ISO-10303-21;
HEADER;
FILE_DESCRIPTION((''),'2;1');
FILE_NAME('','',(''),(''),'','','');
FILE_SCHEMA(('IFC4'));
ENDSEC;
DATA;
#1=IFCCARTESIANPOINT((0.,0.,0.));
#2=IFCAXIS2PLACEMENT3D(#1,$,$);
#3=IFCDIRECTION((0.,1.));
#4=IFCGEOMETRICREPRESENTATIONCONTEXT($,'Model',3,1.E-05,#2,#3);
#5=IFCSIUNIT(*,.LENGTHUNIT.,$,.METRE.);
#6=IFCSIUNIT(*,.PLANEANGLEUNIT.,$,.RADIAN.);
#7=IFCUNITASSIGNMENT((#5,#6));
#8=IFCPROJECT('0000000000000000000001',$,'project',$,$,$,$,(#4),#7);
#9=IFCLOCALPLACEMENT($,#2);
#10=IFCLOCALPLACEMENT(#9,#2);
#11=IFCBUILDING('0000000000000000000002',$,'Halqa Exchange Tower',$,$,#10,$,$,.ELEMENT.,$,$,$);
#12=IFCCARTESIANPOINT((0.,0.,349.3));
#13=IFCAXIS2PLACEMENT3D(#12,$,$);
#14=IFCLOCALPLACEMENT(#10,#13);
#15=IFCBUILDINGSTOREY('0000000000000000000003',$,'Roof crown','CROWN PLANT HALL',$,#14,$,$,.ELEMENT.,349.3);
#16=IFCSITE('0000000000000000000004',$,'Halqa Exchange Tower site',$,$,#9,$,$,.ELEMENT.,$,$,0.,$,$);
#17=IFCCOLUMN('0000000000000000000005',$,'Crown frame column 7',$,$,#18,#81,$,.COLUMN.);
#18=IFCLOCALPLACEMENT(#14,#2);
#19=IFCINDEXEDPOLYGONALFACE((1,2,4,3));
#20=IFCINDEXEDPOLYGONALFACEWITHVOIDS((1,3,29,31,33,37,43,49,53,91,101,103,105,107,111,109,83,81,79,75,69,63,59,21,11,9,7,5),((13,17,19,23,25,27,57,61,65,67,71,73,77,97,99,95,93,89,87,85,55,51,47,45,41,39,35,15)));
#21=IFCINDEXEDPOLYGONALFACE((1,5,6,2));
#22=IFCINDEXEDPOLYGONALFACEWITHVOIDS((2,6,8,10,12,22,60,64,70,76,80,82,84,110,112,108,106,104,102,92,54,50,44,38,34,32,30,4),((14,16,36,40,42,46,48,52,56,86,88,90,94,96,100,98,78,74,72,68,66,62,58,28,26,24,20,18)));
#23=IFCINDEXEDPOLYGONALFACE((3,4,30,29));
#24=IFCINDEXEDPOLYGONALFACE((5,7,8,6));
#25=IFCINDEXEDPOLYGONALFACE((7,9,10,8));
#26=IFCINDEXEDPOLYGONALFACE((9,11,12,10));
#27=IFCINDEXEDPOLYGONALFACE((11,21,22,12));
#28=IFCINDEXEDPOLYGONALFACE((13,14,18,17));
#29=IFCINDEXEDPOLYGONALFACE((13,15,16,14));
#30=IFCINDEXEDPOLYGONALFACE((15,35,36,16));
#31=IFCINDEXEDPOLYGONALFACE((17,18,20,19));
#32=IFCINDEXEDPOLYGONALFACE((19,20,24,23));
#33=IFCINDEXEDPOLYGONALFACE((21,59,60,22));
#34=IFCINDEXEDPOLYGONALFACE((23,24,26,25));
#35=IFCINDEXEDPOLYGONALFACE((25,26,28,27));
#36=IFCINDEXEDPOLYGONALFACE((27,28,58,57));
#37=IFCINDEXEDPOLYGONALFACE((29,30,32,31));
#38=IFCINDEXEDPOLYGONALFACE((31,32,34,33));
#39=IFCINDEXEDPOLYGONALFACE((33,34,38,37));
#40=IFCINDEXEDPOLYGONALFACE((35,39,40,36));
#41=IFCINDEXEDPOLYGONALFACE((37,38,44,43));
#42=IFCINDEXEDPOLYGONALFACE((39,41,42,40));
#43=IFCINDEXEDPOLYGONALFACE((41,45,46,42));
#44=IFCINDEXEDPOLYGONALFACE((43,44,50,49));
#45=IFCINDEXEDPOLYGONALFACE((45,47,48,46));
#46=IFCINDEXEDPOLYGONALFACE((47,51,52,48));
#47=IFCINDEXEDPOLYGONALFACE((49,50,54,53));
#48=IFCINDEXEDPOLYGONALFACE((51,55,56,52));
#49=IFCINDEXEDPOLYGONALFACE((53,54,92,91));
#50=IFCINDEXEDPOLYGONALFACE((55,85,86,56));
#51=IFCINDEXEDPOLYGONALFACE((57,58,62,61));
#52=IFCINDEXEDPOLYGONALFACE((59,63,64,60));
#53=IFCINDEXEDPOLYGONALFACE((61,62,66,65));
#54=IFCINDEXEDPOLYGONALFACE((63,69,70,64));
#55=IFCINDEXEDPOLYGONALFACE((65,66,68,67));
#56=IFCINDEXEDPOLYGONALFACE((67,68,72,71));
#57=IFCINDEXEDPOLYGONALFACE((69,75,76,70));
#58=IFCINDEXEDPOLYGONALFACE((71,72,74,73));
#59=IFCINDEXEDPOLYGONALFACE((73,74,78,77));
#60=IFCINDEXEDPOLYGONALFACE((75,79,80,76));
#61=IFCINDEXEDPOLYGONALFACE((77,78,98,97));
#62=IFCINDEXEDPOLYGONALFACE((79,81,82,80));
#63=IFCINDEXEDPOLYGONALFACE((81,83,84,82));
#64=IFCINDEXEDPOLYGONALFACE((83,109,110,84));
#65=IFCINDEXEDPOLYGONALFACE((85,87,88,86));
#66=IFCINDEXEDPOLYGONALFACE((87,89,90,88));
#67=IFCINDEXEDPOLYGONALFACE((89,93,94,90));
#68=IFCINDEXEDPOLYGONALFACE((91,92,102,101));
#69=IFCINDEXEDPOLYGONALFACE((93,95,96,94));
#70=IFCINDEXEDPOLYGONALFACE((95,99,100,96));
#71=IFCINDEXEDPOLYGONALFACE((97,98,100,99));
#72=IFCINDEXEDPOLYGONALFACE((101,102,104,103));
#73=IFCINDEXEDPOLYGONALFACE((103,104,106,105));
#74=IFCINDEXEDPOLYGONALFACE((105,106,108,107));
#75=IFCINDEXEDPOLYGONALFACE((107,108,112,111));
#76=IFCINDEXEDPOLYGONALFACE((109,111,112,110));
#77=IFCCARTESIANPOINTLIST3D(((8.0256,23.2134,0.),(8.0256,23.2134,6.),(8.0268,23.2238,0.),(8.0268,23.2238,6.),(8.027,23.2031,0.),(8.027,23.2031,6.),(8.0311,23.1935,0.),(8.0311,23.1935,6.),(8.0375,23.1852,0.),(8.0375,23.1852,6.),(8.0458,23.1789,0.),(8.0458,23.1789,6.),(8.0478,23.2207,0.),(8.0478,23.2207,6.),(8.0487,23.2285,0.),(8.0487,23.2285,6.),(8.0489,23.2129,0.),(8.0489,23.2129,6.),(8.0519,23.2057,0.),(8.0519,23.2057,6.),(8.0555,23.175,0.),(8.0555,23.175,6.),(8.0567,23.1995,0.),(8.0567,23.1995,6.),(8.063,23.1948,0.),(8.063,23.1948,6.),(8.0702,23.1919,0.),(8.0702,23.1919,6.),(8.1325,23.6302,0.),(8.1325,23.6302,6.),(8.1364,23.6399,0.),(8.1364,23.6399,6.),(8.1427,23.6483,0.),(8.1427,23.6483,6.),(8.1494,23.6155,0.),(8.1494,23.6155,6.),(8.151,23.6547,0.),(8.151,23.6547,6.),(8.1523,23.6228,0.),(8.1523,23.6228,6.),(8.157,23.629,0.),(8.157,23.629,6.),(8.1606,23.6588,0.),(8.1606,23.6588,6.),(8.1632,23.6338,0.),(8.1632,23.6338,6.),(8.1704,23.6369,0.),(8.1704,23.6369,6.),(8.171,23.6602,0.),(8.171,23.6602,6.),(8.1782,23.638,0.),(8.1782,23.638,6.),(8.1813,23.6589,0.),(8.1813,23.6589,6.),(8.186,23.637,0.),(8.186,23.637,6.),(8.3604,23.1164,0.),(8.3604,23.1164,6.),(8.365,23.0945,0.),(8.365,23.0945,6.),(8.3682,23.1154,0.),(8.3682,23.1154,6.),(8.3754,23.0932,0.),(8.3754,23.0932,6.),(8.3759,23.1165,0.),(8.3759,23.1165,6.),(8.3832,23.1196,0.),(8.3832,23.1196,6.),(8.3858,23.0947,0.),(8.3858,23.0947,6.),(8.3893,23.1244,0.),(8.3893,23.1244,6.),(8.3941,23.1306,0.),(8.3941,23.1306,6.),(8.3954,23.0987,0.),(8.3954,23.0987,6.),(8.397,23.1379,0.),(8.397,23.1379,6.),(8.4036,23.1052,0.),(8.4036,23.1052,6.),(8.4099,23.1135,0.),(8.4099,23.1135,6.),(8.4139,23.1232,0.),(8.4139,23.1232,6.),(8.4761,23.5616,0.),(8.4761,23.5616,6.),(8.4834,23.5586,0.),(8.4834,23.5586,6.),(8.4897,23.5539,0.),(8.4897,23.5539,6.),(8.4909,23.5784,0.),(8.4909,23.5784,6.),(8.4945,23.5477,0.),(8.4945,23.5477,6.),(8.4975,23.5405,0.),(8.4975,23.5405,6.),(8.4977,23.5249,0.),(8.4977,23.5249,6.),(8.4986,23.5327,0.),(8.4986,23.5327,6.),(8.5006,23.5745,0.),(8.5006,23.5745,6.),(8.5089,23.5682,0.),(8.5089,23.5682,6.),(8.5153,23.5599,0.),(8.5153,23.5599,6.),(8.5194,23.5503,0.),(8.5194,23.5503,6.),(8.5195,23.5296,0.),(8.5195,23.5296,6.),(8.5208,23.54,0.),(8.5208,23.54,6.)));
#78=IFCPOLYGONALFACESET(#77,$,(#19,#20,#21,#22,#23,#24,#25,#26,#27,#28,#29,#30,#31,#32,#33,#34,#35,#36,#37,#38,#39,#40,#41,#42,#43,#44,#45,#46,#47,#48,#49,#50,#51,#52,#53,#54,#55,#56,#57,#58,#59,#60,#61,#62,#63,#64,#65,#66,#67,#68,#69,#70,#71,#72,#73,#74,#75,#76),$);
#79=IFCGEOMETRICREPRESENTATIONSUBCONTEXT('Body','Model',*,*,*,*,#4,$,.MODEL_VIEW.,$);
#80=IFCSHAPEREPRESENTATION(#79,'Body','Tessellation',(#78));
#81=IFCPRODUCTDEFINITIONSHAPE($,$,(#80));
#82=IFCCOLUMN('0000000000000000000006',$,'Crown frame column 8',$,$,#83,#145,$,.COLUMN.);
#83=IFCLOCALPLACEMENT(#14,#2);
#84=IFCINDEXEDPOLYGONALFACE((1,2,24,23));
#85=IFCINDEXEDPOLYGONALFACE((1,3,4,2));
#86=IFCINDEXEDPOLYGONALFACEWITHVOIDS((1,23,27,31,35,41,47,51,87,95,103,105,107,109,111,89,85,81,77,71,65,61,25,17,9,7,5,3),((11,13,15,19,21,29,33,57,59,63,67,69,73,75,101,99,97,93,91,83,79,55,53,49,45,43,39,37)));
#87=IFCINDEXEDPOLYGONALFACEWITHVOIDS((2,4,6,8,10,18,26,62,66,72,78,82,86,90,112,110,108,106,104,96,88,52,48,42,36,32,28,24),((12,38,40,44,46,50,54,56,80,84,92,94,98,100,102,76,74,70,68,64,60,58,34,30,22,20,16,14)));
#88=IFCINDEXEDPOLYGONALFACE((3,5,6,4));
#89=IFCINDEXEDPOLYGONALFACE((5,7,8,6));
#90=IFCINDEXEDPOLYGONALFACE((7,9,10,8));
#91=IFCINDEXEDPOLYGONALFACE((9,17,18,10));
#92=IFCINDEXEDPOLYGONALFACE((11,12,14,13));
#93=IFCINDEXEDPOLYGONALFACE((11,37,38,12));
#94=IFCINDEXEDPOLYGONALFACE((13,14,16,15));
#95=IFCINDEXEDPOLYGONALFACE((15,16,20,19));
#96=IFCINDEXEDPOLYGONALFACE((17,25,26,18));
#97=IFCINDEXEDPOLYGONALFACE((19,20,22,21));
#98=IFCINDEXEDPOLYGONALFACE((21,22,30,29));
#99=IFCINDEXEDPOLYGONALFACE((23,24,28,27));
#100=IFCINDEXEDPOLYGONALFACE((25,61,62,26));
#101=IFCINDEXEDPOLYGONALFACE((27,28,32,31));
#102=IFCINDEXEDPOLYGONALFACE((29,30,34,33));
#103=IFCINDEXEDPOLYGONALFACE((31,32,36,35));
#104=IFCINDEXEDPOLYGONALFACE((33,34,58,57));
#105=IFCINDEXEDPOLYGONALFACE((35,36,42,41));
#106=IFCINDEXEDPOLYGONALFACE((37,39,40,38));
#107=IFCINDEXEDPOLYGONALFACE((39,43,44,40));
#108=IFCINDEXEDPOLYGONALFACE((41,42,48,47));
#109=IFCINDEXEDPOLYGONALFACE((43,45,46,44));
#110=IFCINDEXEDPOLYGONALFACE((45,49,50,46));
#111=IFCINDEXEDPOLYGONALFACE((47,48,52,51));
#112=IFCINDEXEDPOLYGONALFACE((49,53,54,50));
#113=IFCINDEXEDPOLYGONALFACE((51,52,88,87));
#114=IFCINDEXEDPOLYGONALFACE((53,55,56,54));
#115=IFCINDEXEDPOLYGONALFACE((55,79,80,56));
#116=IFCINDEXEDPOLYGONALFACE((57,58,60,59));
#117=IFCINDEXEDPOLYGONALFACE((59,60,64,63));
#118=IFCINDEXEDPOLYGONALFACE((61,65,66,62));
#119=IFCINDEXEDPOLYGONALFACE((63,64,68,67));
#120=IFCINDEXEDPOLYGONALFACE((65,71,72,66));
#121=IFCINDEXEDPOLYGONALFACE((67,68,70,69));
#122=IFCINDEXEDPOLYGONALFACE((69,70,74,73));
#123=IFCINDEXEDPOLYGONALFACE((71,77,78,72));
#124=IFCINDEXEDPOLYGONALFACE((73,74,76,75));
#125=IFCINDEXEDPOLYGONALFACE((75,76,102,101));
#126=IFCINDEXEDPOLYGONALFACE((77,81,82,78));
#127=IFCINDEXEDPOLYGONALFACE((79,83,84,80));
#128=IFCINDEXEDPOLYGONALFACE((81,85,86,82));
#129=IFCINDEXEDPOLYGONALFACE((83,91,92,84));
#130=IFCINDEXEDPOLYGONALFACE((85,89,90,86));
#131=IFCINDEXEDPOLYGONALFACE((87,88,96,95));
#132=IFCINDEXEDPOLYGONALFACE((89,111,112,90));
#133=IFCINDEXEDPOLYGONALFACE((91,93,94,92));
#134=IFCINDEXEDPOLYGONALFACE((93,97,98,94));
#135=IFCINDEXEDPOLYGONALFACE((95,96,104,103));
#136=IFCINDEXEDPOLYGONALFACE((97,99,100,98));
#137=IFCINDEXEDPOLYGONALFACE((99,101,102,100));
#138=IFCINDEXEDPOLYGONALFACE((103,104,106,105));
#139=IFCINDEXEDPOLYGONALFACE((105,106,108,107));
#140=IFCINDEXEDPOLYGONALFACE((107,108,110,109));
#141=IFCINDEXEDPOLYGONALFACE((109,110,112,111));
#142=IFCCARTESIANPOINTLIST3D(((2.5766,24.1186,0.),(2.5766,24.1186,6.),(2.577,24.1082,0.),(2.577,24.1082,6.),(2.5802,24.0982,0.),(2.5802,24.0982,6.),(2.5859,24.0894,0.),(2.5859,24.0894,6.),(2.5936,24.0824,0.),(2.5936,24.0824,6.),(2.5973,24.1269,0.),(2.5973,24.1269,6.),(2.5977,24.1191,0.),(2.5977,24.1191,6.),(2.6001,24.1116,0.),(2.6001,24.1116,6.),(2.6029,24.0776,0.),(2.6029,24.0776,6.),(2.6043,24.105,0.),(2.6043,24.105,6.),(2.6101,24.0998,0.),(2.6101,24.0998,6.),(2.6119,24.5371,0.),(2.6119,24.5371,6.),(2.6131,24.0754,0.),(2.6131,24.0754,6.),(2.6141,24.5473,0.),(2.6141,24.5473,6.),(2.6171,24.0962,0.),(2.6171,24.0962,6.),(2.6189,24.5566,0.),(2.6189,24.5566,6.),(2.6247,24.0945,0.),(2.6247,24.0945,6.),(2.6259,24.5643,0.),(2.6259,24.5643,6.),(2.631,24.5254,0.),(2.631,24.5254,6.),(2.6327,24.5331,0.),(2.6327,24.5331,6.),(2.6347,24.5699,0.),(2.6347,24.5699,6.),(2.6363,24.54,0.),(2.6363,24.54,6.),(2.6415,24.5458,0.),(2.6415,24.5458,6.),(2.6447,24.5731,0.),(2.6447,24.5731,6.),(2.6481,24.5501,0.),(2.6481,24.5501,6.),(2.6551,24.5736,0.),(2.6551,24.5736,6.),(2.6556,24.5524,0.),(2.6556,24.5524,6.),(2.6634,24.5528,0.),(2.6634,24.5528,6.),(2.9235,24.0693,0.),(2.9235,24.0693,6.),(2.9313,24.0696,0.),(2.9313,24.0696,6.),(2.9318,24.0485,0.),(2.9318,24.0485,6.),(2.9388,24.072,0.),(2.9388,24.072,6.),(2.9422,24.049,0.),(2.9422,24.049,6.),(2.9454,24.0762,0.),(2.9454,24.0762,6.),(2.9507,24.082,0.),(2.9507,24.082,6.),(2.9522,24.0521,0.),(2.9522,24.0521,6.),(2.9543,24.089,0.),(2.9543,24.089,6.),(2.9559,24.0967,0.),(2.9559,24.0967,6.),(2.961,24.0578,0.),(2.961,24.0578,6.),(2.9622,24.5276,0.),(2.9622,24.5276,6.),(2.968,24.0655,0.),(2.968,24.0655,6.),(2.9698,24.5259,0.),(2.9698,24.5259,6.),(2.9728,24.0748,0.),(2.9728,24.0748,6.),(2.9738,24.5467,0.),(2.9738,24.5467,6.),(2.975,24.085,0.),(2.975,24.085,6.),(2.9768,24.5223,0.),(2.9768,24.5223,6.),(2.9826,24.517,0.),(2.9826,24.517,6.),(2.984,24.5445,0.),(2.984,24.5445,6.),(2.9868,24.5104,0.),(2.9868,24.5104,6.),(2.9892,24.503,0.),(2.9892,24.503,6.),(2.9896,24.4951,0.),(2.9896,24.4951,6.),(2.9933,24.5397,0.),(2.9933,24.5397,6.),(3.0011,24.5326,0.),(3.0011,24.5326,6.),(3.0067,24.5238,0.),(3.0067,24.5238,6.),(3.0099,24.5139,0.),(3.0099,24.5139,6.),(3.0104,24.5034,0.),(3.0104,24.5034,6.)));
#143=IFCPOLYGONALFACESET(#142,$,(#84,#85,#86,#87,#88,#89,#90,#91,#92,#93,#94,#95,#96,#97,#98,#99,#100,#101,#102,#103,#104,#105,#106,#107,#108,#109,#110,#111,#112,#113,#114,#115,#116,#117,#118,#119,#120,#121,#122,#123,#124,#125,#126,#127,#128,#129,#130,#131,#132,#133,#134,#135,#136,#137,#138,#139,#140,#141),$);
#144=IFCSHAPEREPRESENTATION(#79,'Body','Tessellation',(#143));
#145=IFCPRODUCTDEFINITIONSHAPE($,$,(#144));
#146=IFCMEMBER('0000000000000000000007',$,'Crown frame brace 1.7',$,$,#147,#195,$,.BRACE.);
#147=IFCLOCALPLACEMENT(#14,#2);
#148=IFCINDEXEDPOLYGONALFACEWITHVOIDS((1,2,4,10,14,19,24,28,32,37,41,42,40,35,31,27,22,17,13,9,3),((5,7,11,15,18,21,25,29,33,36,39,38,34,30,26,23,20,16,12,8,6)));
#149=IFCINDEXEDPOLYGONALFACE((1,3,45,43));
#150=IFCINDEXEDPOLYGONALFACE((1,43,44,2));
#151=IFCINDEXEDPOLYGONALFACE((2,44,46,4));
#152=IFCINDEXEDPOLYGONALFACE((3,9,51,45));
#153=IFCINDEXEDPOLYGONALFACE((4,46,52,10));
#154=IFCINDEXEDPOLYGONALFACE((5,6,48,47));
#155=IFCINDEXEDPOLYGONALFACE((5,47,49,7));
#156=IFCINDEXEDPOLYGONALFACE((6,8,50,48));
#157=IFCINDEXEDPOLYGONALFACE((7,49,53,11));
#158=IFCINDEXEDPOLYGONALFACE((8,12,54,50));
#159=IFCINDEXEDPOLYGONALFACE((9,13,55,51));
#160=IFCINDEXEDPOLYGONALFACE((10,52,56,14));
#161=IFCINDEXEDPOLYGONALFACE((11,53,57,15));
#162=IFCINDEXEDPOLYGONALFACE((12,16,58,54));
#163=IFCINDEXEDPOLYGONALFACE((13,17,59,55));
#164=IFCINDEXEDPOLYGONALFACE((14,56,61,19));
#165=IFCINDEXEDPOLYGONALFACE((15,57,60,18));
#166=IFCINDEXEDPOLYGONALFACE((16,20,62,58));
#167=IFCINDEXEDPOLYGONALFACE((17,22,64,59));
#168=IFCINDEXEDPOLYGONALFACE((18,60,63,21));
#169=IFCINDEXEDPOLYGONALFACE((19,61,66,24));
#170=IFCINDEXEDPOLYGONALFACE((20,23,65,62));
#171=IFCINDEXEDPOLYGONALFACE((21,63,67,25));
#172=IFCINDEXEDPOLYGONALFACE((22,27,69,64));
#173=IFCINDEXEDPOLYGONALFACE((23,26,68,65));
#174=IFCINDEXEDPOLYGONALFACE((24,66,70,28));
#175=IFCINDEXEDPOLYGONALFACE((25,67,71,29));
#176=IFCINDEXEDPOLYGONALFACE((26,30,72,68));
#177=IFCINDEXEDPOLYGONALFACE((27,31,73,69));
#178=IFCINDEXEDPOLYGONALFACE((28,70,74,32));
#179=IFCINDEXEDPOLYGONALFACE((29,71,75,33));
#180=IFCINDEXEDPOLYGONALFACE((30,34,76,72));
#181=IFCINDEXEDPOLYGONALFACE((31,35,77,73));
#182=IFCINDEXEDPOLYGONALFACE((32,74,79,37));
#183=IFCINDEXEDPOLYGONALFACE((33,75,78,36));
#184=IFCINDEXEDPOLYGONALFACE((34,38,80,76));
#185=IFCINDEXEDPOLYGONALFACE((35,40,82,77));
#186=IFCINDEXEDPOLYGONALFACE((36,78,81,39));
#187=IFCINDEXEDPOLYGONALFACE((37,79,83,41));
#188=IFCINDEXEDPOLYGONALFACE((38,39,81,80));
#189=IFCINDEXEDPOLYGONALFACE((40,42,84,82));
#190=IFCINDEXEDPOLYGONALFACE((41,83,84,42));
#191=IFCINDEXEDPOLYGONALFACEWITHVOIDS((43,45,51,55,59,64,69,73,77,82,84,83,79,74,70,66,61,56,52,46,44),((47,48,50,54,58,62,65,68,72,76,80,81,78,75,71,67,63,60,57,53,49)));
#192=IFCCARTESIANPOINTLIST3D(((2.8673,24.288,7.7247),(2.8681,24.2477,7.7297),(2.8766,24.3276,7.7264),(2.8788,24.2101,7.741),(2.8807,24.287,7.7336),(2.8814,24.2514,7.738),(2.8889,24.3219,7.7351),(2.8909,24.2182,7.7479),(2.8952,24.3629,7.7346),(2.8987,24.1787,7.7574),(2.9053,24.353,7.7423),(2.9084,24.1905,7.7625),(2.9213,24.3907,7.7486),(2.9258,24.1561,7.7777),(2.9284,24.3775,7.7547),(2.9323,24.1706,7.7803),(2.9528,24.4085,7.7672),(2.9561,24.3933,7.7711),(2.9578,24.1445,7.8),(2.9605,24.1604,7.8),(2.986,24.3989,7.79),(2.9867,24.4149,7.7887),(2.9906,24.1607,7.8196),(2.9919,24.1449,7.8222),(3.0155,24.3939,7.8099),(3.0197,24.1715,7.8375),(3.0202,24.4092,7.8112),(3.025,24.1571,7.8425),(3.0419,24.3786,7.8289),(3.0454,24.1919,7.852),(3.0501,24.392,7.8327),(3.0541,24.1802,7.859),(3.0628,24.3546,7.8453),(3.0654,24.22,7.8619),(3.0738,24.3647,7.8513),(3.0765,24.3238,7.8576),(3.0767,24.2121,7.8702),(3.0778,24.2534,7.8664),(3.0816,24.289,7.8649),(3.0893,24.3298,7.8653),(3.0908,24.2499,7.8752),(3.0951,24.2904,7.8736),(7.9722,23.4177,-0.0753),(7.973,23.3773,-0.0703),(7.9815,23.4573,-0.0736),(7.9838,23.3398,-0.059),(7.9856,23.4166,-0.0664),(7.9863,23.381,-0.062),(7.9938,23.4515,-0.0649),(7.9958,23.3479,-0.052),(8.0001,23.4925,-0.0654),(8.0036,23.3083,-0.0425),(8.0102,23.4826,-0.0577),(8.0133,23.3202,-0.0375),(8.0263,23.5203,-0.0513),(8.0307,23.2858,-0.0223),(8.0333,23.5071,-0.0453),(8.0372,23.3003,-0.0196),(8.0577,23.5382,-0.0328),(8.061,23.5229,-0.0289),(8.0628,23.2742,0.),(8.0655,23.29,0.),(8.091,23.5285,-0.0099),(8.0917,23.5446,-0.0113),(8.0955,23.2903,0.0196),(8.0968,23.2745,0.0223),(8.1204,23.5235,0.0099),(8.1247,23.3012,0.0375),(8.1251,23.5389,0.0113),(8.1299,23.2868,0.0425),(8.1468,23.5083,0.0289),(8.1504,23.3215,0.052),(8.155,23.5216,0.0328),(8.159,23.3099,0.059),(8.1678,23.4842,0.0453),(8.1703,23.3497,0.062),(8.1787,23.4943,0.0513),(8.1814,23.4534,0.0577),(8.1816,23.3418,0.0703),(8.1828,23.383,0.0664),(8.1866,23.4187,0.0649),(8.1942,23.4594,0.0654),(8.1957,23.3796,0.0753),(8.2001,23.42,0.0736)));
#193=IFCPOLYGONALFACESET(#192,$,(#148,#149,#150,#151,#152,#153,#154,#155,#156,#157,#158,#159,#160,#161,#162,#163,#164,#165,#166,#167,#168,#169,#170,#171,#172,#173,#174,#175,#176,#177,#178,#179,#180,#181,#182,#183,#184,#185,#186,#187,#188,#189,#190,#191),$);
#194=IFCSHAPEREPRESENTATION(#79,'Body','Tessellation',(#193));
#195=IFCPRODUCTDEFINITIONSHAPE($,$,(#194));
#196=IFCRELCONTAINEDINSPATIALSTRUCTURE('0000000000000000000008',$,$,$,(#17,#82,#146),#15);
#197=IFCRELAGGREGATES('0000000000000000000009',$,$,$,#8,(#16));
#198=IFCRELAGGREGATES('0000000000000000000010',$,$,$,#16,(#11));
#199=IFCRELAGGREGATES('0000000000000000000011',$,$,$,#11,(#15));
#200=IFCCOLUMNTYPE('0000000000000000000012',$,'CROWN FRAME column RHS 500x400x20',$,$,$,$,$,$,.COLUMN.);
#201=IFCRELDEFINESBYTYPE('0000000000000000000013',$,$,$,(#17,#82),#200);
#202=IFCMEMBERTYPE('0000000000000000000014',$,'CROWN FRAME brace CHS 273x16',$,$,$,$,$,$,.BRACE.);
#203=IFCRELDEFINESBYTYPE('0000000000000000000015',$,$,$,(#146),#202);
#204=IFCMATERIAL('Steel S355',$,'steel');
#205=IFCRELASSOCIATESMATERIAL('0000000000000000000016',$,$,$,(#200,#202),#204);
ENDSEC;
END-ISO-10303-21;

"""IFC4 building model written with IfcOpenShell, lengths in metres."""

from ifc_helpers import new_model, si_unit, direction, frame, origin, origin_2d, place, context, subcontext, project, spatial, hollow_rectangle, hollow_circle, extrude, material, material_profile, profile_set, type_object, element, save


model = new_model("IFC4")

# Units and contexts
model_context = context("Model", 3, precision=1e-05, world=origin(), true_north=direction((0.0, 1.0)))
body_context = subcontext(model_context, "Body", "Model", "MODEL_VIEW")
ifc_project = project(units=[si_unit("LENGTHUNIT", "METRE"), si_unit("PLANEANGLEUNIT", "RADIAN")], contexts=[model_context])

# Site, building, storey
site_placement = place(None, origin())
site = spatial("IfcSite", under=ifc_project, at=site_placement, Name="Halqa Exchange Tower site", CompositionType="ELEMENT", RefElevation=0.0)
building_placement = place(site_placement, origin())
building = spatial("IfcBuilding", under=site, at=building_placement, Name="Halqa Exchange Tower", CompositionType="ELEMENT")
storey_placement = place(building_placement, frame((0.0, 0.0, 349.3)))
storey = spatial("IfcBuildingStorey", under=building, at=storey_placement, Name="Roof crown", Description="CROWN PLANT HALL", CompositionType="ELEMENT", Elevation=349.3)

# Columns
ifc_material_1 = material(Name="Steel S355", Category="steel")
ifc_material_profile_1 = material_profile(ifc_material_1, hollow_rectangle(XDim=0.3999, YDim=0.5, WallThickness=0.02, InnerFilletRadius=0.03, OuterFilletRadius=0.04, at=origin_2d()), Name="RHS 500x400x20")
ifc_profile_set_1 = profile_set([ifc_material_profile_1], Name="Steel S355")
column_type = type_object("IfcColumnType", Name="CROWN FRAME column RHS 500x400x20", PredefinedType="COLUMN", material=ifc_profile_set_1)
for number, where, z_axis, x_axis, name in (
    (1, (8.2732, 23.3767, 0.0), (0.0, 0.0, 1.0), (-0.967819, 0.251647, 0.0), "Crown frame column 7"),
    (2, (2.7935, 24.311, 0.0), (0.0, 0.0, 1.0), (-0.996455, 0.084127, 0.0), "Crown frame column 8"),
):
    element("IfcColumn", number, at=place(storey_placement, frame(where, z_axis=z_axis, x_axis=x_axis)), inside=storey, type_object=column_type, Name=name, PredefinedType="COLUMN", context=body_context, shape_type="SweptSolid", body=[
        extrude(hollow_rectangle(XDim=0.3999, YDim=0.5, WallThickness=0.02, InnerFilletRadius=0.03, OuterFilletRadius=0.04, at=origin_2d()), origin(), (0.0, 0.0, 1.0), 6.0),
    ])

# Member
ifc_material_profile_2 = material_profile(ifc_material_1, hollow_circle(Radius=0.1365, WallThickness=0.0161, at=origin_2d()), Name="CHS 273x16")
ifc_profile_set_2 = profile_set([ifc_material_profile_2], Name="Steel S355")
member_type = type_object("IfcMemberType", Name="CROWN FRAME brace CHS 273x16", PredefinedType="BRACE", material=ifc_profile_set_2)
member_1_placement = place(storey_placement, frame((8.0857, 23.4087, 0.0), z_axis=(-0.54525, 0.092961, 0.833103), x_axis=(-0.168067, -0.985776, 0.0)))
element("IfcMember", 3, at=member_1_placement, inside=storey, type_object=member_type, Name="Crown frame brace 1.7", PredefinedType="BRACE", context=body_context, shape_type="SweptSolid", body=[
    extrude(hollow_circle(Radius=0.1365, WallThickness=0.0161, at=origin_2d()), origin(), (0.0, 0.0, 1.0), 9.3625),
])

save(model, "model.ifc")
